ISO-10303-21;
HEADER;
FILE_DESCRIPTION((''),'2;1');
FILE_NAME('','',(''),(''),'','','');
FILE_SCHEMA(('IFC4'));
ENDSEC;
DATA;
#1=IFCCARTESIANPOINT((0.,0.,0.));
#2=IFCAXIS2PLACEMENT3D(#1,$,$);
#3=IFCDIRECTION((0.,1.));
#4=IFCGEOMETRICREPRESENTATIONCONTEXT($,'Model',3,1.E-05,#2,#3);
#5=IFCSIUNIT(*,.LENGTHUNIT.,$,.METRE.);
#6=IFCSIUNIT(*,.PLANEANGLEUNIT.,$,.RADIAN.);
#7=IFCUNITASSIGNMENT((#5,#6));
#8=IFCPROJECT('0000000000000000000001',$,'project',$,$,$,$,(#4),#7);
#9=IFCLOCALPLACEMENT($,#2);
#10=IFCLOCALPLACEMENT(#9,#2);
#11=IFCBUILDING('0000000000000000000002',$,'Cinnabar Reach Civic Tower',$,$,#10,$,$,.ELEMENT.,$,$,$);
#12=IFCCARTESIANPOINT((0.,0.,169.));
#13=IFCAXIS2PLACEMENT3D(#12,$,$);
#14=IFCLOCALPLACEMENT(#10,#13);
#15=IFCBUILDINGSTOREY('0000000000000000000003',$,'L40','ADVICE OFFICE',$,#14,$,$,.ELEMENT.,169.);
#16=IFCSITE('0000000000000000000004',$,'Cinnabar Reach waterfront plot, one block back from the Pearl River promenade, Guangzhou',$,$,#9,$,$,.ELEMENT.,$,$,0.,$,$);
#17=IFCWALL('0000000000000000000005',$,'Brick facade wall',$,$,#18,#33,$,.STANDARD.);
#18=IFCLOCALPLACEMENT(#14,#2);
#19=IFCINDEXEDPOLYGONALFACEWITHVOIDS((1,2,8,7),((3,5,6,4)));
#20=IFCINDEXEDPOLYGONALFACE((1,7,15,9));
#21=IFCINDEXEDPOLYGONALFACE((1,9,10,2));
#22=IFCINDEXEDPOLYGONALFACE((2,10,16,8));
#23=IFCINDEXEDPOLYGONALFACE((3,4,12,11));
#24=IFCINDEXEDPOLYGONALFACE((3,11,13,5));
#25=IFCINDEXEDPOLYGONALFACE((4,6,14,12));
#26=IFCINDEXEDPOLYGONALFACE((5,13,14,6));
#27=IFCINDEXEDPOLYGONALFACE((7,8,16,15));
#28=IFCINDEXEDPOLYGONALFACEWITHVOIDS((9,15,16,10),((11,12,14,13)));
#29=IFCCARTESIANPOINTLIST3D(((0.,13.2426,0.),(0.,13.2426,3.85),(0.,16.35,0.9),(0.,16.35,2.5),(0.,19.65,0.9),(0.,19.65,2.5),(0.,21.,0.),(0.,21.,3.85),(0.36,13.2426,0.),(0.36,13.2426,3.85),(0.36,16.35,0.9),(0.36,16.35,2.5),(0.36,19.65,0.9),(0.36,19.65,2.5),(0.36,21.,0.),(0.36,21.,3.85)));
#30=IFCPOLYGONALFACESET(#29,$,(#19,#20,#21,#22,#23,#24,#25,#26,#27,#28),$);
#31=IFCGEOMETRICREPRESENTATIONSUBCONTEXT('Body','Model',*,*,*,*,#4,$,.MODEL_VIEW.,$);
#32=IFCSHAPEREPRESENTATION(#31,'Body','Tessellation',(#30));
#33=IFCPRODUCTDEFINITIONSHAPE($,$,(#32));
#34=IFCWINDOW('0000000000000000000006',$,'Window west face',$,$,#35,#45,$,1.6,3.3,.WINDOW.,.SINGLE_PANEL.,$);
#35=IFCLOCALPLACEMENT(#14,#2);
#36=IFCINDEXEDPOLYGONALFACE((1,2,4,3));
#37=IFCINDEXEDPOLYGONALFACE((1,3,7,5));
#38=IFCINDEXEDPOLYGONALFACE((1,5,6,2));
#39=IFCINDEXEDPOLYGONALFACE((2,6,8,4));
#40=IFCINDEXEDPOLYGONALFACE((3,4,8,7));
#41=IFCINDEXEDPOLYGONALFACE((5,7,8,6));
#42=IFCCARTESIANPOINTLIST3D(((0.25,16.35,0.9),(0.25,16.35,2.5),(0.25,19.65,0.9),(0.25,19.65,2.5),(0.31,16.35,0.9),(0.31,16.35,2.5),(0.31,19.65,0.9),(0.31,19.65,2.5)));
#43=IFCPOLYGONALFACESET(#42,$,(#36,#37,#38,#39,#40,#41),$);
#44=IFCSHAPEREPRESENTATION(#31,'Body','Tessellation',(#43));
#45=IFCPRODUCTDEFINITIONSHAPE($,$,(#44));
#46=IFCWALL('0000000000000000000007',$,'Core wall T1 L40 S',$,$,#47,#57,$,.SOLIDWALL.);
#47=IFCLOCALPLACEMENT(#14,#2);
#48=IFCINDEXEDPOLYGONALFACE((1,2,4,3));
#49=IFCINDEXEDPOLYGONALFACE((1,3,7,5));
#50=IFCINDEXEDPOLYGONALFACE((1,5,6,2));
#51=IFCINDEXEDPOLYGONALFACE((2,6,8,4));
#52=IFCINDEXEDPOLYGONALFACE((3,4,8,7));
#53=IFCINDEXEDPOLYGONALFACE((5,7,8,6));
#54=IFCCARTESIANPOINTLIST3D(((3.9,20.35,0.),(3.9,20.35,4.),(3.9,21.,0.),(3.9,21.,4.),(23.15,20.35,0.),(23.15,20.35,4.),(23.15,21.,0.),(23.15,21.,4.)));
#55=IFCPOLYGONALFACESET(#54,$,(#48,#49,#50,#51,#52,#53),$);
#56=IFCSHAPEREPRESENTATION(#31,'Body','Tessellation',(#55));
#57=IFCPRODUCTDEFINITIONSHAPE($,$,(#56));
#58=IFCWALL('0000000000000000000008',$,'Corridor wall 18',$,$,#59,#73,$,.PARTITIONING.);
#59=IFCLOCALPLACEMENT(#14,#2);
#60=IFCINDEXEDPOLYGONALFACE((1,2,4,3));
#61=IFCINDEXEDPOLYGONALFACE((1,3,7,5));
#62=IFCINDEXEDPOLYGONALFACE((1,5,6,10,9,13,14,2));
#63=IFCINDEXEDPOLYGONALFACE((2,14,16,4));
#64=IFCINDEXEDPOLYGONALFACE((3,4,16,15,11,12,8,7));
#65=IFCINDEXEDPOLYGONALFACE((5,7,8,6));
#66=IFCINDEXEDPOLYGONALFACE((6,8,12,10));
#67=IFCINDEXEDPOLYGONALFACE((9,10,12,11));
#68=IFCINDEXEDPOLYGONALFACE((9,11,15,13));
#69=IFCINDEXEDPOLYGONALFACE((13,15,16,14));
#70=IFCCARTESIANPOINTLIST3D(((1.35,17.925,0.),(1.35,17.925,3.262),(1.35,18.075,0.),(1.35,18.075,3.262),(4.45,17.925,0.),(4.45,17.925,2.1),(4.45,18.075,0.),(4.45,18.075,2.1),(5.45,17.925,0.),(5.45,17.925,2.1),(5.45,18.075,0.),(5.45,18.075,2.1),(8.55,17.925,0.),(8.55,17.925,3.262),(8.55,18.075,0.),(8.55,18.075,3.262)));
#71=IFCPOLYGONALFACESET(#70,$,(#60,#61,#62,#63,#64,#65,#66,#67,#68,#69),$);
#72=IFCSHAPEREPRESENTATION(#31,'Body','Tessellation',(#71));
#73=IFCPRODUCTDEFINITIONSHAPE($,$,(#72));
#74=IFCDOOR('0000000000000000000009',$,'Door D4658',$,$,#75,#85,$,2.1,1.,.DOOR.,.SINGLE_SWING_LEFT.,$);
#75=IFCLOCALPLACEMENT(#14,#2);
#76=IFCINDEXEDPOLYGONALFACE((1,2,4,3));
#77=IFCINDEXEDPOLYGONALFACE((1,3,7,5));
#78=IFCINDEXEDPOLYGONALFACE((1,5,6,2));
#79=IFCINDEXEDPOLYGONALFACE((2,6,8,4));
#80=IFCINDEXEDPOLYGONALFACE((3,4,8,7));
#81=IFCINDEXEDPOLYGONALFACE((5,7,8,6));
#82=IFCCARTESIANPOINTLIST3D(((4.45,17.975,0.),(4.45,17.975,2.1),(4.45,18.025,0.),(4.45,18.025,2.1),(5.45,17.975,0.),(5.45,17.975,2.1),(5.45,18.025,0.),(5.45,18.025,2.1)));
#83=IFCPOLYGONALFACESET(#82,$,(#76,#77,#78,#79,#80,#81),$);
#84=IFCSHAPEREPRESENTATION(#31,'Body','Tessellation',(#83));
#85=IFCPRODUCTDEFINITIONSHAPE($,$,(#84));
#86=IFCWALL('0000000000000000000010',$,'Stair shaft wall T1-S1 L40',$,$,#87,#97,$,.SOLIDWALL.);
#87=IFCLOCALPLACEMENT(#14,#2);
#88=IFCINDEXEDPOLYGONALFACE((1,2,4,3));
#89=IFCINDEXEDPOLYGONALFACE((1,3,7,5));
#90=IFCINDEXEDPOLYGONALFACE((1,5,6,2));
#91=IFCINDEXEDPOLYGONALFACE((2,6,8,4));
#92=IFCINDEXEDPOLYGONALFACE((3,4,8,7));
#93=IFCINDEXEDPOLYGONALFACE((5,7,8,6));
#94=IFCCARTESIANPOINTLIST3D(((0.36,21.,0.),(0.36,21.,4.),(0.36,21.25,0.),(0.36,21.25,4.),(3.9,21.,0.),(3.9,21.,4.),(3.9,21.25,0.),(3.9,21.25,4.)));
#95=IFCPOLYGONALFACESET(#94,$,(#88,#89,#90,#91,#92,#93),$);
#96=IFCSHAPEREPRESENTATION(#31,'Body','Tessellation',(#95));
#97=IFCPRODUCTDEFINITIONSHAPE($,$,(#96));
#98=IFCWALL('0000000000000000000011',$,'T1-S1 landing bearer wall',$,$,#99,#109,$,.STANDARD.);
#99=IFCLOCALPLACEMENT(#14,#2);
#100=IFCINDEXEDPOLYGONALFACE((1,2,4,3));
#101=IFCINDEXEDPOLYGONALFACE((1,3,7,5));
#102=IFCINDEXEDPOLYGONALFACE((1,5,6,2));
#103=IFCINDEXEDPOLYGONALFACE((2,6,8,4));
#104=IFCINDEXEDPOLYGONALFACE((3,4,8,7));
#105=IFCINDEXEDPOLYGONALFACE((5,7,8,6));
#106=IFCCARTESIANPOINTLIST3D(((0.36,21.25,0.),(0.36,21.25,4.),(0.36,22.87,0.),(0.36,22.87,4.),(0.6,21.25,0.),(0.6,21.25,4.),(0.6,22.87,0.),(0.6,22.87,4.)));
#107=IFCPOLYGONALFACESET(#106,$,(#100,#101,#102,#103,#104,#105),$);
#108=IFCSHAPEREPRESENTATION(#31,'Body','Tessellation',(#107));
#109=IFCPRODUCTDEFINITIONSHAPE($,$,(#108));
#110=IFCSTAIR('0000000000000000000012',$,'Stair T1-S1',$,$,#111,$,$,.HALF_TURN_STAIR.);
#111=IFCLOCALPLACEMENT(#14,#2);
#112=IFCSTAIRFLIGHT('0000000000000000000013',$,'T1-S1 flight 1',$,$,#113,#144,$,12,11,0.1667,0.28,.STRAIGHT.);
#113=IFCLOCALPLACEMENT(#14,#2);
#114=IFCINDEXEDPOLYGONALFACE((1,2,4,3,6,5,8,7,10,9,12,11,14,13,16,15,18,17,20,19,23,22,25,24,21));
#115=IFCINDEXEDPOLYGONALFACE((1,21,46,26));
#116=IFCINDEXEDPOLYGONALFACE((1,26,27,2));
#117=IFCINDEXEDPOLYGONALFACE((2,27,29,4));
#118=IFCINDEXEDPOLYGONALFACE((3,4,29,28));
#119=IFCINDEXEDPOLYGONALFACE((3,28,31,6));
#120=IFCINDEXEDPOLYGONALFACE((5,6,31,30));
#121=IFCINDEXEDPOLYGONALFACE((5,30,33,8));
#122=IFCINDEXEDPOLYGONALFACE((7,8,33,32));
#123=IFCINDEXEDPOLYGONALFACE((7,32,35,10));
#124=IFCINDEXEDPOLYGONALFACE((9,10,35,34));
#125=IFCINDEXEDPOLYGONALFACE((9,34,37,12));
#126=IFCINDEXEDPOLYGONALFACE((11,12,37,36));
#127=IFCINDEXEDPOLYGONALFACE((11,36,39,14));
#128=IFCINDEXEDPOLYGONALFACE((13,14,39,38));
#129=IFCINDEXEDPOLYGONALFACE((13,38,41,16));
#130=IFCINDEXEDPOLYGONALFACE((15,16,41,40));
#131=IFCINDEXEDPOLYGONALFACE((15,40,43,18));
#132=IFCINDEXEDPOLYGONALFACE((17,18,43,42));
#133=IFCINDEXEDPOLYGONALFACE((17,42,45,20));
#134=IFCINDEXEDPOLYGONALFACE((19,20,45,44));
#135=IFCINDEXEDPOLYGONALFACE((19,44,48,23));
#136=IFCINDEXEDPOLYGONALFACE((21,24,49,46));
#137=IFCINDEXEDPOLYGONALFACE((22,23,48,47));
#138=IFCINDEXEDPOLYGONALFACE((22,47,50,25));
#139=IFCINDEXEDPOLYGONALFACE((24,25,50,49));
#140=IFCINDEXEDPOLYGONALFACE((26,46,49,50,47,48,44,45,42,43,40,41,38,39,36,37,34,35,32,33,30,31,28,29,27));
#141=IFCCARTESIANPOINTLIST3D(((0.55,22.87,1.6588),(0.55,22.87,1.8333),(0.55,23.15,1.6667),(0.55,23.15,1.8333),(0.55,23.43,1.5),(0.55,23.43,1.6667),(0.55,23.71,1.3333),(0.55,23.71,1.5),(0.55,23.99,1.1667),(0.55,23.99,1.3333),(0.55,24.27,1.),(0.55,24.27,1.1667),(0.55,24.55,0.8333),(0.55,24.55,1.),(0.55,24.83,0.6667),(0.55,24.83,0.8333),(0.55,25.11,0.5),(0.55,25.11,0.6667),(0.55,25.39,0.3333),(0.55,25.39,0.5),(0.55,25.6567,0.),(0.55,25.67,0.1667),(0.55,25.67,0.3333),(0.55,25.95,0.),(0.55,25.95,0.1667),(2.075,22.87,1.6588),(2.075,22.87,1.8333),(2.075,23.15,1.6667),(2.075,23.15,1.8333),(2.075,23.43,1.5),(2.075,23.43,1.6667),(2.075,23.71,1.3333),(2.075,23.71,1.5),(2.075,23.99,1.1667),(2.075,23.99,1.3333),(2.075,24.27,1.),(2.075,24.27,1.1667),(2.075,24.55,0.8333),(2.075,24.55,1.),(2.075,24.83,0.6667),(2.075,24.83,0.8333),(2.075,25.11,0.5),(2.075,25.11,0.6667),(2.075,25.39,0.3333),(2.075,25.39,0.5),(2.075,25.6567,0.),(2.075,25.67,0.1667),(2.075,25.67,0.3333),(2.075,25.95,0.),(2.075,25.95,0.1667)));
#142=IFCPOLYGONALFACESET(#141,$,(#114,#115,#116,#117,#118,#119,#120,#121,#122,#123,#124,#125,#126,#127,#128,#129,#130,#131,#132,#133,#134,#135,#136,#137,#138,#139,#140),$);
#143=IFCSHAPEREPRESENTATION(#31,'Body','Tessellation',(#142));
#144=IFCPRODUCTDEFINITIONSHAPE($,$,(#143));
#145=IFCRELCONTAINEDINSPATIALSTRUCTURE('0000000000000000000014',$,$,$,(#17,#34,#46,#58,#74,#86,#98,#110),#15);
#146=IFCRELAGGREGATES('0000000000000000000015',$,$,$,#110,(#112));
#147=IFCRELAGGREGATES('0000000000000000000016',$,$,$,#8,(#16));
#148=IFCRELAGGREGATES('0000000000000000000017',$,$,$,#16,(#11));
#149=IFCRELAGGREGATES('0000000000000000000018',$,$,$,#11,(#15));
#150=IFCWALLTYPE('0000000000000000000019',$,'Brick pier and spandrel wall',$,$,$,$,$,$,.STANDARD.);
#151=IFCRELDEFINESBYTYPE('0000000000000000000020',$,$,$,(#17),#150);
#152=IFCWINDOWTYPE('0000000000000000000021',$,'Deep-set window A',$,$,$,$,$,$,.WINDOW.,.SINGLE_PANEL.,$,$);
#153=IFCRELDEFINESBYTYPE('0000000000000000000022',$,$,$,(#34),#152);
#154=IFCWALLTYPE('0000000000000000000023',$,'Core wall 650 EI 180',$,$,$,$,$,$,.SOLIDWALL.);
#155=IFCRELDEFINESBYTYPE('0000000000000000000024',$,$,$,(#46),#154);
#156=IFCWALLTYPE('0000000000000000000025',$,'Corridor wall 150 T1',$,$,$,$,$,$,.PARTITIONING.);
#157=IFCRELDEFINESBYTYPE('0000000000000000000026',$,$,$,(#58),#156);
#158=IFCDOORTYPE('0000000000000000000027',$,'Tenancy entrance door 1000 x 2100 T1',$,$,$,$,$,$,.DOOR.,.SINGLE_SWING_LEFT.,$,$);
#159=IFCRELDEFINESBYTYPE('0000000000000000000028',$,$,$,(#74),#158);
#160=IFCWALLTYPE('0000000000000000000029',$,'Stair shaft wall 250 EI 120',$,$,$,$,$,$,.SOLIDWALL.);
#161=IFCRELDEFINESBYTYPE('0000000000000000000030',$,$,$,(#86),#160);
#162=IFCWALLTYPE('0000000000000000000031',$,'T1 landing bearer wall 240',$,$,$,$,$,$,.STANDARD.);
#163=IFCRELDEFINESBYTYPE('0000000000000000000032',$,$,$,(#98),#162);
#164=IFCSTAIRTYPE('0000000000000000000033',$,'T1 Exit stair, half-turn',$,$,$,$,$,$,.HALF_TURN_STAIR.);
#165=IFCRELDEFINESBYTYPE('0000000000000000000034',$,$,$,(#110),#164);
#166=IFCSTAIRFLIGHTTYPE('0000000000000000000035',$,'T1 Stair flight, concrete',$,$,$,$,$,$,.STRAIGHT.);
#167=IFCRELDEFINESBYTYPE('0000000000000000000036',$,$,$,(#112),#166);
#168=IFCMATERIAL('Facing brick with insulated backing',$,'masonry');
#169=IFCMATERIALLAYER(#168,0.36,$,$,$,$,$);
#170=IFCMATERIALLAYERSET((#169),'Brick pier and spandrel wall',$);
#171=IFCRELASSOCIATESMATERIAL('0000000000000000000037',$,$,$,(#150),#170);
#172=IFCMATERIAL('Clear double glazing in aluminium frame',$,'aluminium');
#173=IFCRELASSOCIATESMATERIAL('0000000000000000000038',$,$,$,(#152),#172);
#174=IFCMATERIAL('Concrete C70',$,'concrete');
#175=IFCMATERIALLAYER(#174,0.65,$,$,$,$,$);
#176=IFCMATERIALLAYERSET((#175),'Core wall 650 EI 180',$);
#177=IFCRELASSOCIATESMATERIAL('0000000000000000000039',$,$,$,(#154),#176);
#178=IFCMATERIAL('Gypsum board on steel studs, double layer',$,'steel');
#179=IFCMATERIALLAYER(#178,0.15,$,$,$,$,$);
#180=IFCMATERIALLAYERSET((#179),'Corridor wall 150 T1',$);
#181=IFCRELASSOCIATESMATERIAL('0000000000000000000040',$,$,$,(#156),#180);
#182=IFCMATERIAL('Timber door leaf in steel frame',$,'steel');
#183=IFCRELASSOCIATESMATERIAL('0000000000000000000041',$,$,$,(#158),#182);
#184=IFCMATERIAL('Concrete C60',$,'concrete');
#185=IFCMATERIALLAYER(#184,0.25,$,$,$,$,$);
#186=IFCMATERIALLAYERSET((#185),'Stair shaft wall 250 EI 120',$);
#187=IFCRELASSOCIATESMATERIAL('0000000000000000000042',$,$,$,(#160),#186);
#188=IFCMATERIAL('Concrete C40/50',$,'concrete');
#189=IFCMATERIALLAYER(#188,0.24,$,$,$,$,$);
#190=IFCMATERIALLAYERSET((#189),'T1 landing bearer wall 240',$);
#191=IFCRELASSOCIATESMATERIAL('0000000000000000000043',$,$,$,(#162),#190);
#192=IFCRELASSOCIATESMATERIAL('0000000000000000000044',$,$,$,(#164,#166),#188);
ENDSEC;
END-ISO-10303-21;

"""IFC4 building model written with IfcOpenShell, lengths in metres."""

from ifc_helpers import new_model, si_unit, direction, frame, frame_2d, origin, place, context, subcontext, project, spatial, polyline, rectangle, outline, extrude, material, layer, layer_set, type_object, element, fill, aggregate, save


model = new_model("IFC4")

# Units and contexts
model_context = context("Model", 3, precision=1e-05, world=origin(), true_north=direction((0.0, 1.0)))
body_context = subcontext(model_context, "Body", "Model", "MODEL_VIEW")
ifc_project = project(units=[si_unit("LENGTHUNIT", "METRE"), si_unit("PLANEANGLEUNIT", "RADIAN")], contexts=[model_context])

# Site, building, storey
site_placement = place(None, origin())
site = spatial("IfcSite", under=ifc_project, at=site_placement, Name="Cinnabar Reach waterfront plot, one block back from the Pearl River promenade, Guangzhou", CompositionType="ELEMENT", RefElevation=0.0)
building_placement = place(site_placement, origin())
building = spatial("IfcBuilding", under=site, at=building_placement, Name="Cinnabar Reach Civic Tower", CompositionType="ELEMENT")
storey_placement = place(building_placement, frame((0.0, 0.0, 169.0)))
storey = spatial("IfcBuildingStorey", under=building, at=storey_placement, Name="L40", Description="ADVICE OFFICE", CompositionType="ELEMENT", Elevation=169.0)

# Shared definitions
ifc_material_1 = material(Name="Concrete C70", Category="concrete")

# Shared definitions
ifc_material_2 = material(Name="Facing brick with insulated backing", Category="masonry")
ifc_layer_1 = layer(ifc_material_2, 0.36)
ifc_layer_set_1 = layer_set([ifc_layer_1], Name="Brick pier and spandrel wall")
wall_type_1 = type_object("IfcWallType", Name="Brick pier and spandrel wall", PredefinedType="STANDARD", material=ifc_layer_set_1)

# Wall, opening, window
wall_1_placement = place(storey_placement, frame((0.18, 21.0, 0.0), z_axis=(0.0, 0.0, 1.0), x_axis=(0.0, -1.0, 0.0)))
wall_1 = element("IfcWall", 1, at=wall_1_placement, inside=storey, type_object=wall_type_1, Name="Brick facade wall", PredefinedType="STANDARD", context=body_context, shape_type="SweptSolid", body=[
    extrude(rectangle(XDim=7.7574, YDim=0.36, at=frame_2d((3.8787, 0.0))), origin(), (0.0, 0.0, 1.0), 3.85),
])
opening_1_placement = place(wall_1_placement, frame((1.35, 0.0, 0.9)))
opening_1 = element("IfcOpeningElement", 2, at=opening_1_placement, cuts=wall_1, PredefinedType="OPENING", context=body_context, shape_type="SweptSolid", body=[
    extrude(rectangle(XDim=3.3, YDim=1.6, at=frame_2d((1.65, 0.8))), frame((0.0, 0.19, 0.0), z_axis=(0.0, -1.0, 0.0), x_axis=(1.0, 0.0, 0.0)), (0.0, 0.0, 1.0), 0.38),
])
ifc_material_3 = material(Name="Clear double glazing in aluminium frame", Category="aluminium")
window_type = type_object("IfcWindowType", Name="Deep-set window A", PartitioningType="SINGLE_PANEL", PredefinedType="WINDOW", material=ifc_material_3)
window_placement = place(opening_1_placement, origin())
window = element("IfcWindow", 3, at=window_placement, inside=storey, type_object=window_type, Name="Window west face", OverallHeight=1.6, OverallWidth=3.3, PartitioningType="SINGLE_PANEL", PredefinedType="WINDOW", context=body_context, shape_type="SweptSolid", body=[
    extrude(rectangle(XDim=3.3, YDim=1.6, at=frame_2d((1.65, 0.8))), frame((0.0, 0.13, 0.0), z_axis=(0.0, -1.0, 0.0), x_axis=(1.0, 0.0, 0.0)), (0.0, 0.0, 1.0), 0.06),
])
fill(opening_1, window)

# Wall
ifc_layer_2 = layer(ifc_material_1, 0.65)
ifc_layer_set_2 = layer_set([ifc_layer_2], Name="Core wall 650 EI 180")
wall_type_2 = type_object("IfcWallType", Name="Core wall 650 EI 180", PredefinedType="SOLIDWALL", material=ifc_layer_set_2)
wall_2_placement = place(storey_placement, frame((3.9, 20.675, 0.0), z_axis=(0.0, 0.0, 1.0), x_axis=(1.0, 0.0, 0.0)))
element("IfcWall", 4, at=wall_2_placement, inside=storey, type_object=wall_type_2, Name="Core wall T1 L40 S", PredefinedType="SOLIDWALL", context=body_context, shape_type="SweptSolid", body=[
    extrude(rectangle(XDim=19.25, YDim=0.65, at=frame_2d((9.625, 0.0))), origin(), (0.0, 0.0, 1.0), 4.0),
])

# Wall, opening, door
ifc_material_4 = material(Name="Gypsum board on steel studs, double layer", Category="steel")
ifc_layer_3 = layer(ifc_material_4, 0.15)
ifc_layer_set_3 = layer_set([ifc_layer_3], Name="Corridor wall 150 T1")
wall_type_3 = type_object("IfcWallType", Name="Corridor wall 150 T1", PredefinedType="PARTITIONING", material=ifc_layer_set_3)
wall_3_placement = place(storey_placement, frame((1.35, 18.0, 0.0), z_axis=(0.0, 0.0, 1.0), x_axis=(1.0, 0.0, 0.0)))
wall_3 = element("IfcWall", 5, at=wall_3_placement, inside=storey, type_object=wall_type_3, Name="Corridor wall 18", PredefinedType="PARTITIONING", context=body_context, shape_type="SweptSolid", body=[
    extrude(rectangle(XDim=7.2, YDim=0.15, at=frame_2d((3.6, 0.0))), origin(), (0.0, 0.0, 1.0), 3.262),
])
opening_2_placement = place(wall_3_placement, frame((3.1, 0.0, 0.0)))
opening_2 = element("IfcOpeningElement", 6, at=opening_2_placement, cuts=wall_3, PredefinedType="OPENING", context=body_context, shape_type="SweptSolid", body=[
    extrude(rectangle(XDim=1.0, YDim=2.1, at=frame_2d((0.5, 1.05))), frame((0.0, 0.085, 0.0), z_axis=(0.0, -1.0, 0.0), x_axis=(1.0, 0.0, 0.0)), (0.0, 0.0, 1.0), 0.17),
])
ifc_material_5 = material(Name="Timber door leaf in steel frame", Category="steel")
door_type = type_object("IfcDoorType", Name="Tenancy entrance door 1000 x 2100 T1", OperationType="SINGLE_SWING_LEFT", PredefinedType="DOOR", material=ifc_material_5)
door_placement = place(opening_2_placement, frame((1.0, 0.0, 0.0), z_axis=(0.0, 0.0, 1.0), x_axis=(-1.0, 0.0, 0.0)))
door = element("IfcDoor", 7, at=door_placement, inside=storey, type_object=door_type, Name="Door D4658", OperationType="SINGLE_SWING_LEFT", OverallHeight=2.1, OverallWidth=1.0, PredefinedType="DOOR", context=body_context, shape_type="SweptSolid", body=[
    extrude(rectangle(XDim=1.0, YDim=2.1, at=frame_2d((0.5, 1.05))), frame((0.0, 0.025, 0.0), z_axis=(0.0, -1.0, 0.0), x_axis=(1.0, 0.0, 0.0)), (0.0, 0.0, 1.0), 0.05),
])
fill(opening_2, door)

# Walls
ifc_material_6 = material(Name="Concrete C60", Category="concrete")
ifc_layer_4 = layer(ifc_material_6, 0.25)
ifc_layer_set_4 = layer_set([ifc_layer_4], Name="Stair shaft wall 250 EI 120")
wall_type_4 = type_object("IfcWallType", Name="Stair shaft wall 250 EI 120", PredefinedType="SOLIDWALL", material=ifc_layer_set_4)
wall_4_placement = place(storey_placement, frame((0.36, 21.125, 0.0), z_axis=(0.0, 0.0, 1.0), x_axis=(1.0, 0.0, 0.0)))
element("IfcWall", 8, at=wall_4_placement, inside=storey, type_object=wall_type_4, Name="Stair shaft wall T1-S1 L40", PredefinedType="SOLIDWALL", context=body_context, shape_type="SweptSolid", body=[
    extrude(rectangle(XDim=3.54, YDim=0.25, at=frame_2d((1.77, 0.0))), origin(), (0.0, 0.0, 1.0), 4.0),
])
ifc_material_7 = material(Name="Concrete C40/50", Category="concrete")
ifc_layer_5 = layer(ifc_material_7, 0.24)
ifc_layer_set_5 = layer_set([ifc_layer_5], Name="T1 landing bearer wall 240")
wall_type_5 = type_object("IfcWallType", Name="T1 landing bearer wall 240", PredefinedType="STANDARD", material=ifc_layer_set_5)
wall_5_placement = place(storey_placement, frame((0.48, 21.25, 0.0), z_axis=(0.0, 0.0, 1.0), x_axis=(0.0, 1.0, 0.0)))
element("IfcWall", 9, at=wall_5_placement, inside=storey, type_object=wall_type_5, Name="T1-S1 landing bearer wall", PredefinedType="STANDARD", context=body_context, shape_type="SweptSolid", body=[
    extrude(rectangle(XDim=1.62, YDim=0.24, at=frame_2d((0.81, 0.0))), origin(), (0.0, 0.0, 1.0), 4.0),
])

# Stair, stair flight
stair_type = type_object("IfcStairType", Name="T1 Exit stair, half-turn", PredefinedType="HALF_TURN_STAIR", material=ifc_material_7)
stair_placement = place(storey_placement, origin())
stair = element("IfcStair", 10, at=stair_placement, inside=storey, type_object=stair_type, Name="Stair T1-S1", PredefinedType="HALF_TURN_STAIR")
stair_flight_type = type_object("IfcStairFlightType", Name="T1 Stair flight, concrete", PredefinedType="STRAIGHT", material=ifc_material_7)
stair_flight_1_placement = place(storey_placement, frame((1.3125, 25.95, 0.0), z_axis=(0.0, 0.0, 1.0), x_axis=(0.0, -1.0, 0.0)))
stair_flight_1 = element("IfcStairFlight", 11, at=stair_flight_1_placement, type_object=stair_flight_type, Name="T1-S1 flight 1", NumberOfRisers=12, NumberOfTreads=11, PredefinedType="STRAIGHT", RiserHeight=0.1667, TreadLength=0.28, context=body_context, shape_type="SweptSolid", body=[
    extrude(outline(polyline([(0.0, 0.0), (0.0, 0.1667), (0.28, 0.1667), (0.28, 0.3333), (0.56, 0.3333), (0.56, 0.5), (0.84, 0.5), (0.84, 0.6667), (1.12, 0.6667), (1.12, 0.8333), (1.4, 0.8333), (1.4, 1.0), (1.68, 1.0), (1.68, 1.1667), (1.96, 1.1667), (1.96, 1.3333), (2.24, 1.3333), (2.24, 1.5), (2.52, 1.5), (2.52, 1.6667), (2.8, 1.6667), (2.8, 1.8333), (3.08, 1.8333), (3.08, 2.0), (3.08, 1.6588), (0.2933, 0.0), (0.0, 0.0)])), frame((0.0, 0.7625, 0.0), z_axis=(0.0, -1.0, 0.0), x_axis=(1.0, 0.0, 0.0)), (0.0, 0.0, 1.0), 1.525),
])
aggregate(stair, [stair_flight_1])

save(model, "model.ifc")
